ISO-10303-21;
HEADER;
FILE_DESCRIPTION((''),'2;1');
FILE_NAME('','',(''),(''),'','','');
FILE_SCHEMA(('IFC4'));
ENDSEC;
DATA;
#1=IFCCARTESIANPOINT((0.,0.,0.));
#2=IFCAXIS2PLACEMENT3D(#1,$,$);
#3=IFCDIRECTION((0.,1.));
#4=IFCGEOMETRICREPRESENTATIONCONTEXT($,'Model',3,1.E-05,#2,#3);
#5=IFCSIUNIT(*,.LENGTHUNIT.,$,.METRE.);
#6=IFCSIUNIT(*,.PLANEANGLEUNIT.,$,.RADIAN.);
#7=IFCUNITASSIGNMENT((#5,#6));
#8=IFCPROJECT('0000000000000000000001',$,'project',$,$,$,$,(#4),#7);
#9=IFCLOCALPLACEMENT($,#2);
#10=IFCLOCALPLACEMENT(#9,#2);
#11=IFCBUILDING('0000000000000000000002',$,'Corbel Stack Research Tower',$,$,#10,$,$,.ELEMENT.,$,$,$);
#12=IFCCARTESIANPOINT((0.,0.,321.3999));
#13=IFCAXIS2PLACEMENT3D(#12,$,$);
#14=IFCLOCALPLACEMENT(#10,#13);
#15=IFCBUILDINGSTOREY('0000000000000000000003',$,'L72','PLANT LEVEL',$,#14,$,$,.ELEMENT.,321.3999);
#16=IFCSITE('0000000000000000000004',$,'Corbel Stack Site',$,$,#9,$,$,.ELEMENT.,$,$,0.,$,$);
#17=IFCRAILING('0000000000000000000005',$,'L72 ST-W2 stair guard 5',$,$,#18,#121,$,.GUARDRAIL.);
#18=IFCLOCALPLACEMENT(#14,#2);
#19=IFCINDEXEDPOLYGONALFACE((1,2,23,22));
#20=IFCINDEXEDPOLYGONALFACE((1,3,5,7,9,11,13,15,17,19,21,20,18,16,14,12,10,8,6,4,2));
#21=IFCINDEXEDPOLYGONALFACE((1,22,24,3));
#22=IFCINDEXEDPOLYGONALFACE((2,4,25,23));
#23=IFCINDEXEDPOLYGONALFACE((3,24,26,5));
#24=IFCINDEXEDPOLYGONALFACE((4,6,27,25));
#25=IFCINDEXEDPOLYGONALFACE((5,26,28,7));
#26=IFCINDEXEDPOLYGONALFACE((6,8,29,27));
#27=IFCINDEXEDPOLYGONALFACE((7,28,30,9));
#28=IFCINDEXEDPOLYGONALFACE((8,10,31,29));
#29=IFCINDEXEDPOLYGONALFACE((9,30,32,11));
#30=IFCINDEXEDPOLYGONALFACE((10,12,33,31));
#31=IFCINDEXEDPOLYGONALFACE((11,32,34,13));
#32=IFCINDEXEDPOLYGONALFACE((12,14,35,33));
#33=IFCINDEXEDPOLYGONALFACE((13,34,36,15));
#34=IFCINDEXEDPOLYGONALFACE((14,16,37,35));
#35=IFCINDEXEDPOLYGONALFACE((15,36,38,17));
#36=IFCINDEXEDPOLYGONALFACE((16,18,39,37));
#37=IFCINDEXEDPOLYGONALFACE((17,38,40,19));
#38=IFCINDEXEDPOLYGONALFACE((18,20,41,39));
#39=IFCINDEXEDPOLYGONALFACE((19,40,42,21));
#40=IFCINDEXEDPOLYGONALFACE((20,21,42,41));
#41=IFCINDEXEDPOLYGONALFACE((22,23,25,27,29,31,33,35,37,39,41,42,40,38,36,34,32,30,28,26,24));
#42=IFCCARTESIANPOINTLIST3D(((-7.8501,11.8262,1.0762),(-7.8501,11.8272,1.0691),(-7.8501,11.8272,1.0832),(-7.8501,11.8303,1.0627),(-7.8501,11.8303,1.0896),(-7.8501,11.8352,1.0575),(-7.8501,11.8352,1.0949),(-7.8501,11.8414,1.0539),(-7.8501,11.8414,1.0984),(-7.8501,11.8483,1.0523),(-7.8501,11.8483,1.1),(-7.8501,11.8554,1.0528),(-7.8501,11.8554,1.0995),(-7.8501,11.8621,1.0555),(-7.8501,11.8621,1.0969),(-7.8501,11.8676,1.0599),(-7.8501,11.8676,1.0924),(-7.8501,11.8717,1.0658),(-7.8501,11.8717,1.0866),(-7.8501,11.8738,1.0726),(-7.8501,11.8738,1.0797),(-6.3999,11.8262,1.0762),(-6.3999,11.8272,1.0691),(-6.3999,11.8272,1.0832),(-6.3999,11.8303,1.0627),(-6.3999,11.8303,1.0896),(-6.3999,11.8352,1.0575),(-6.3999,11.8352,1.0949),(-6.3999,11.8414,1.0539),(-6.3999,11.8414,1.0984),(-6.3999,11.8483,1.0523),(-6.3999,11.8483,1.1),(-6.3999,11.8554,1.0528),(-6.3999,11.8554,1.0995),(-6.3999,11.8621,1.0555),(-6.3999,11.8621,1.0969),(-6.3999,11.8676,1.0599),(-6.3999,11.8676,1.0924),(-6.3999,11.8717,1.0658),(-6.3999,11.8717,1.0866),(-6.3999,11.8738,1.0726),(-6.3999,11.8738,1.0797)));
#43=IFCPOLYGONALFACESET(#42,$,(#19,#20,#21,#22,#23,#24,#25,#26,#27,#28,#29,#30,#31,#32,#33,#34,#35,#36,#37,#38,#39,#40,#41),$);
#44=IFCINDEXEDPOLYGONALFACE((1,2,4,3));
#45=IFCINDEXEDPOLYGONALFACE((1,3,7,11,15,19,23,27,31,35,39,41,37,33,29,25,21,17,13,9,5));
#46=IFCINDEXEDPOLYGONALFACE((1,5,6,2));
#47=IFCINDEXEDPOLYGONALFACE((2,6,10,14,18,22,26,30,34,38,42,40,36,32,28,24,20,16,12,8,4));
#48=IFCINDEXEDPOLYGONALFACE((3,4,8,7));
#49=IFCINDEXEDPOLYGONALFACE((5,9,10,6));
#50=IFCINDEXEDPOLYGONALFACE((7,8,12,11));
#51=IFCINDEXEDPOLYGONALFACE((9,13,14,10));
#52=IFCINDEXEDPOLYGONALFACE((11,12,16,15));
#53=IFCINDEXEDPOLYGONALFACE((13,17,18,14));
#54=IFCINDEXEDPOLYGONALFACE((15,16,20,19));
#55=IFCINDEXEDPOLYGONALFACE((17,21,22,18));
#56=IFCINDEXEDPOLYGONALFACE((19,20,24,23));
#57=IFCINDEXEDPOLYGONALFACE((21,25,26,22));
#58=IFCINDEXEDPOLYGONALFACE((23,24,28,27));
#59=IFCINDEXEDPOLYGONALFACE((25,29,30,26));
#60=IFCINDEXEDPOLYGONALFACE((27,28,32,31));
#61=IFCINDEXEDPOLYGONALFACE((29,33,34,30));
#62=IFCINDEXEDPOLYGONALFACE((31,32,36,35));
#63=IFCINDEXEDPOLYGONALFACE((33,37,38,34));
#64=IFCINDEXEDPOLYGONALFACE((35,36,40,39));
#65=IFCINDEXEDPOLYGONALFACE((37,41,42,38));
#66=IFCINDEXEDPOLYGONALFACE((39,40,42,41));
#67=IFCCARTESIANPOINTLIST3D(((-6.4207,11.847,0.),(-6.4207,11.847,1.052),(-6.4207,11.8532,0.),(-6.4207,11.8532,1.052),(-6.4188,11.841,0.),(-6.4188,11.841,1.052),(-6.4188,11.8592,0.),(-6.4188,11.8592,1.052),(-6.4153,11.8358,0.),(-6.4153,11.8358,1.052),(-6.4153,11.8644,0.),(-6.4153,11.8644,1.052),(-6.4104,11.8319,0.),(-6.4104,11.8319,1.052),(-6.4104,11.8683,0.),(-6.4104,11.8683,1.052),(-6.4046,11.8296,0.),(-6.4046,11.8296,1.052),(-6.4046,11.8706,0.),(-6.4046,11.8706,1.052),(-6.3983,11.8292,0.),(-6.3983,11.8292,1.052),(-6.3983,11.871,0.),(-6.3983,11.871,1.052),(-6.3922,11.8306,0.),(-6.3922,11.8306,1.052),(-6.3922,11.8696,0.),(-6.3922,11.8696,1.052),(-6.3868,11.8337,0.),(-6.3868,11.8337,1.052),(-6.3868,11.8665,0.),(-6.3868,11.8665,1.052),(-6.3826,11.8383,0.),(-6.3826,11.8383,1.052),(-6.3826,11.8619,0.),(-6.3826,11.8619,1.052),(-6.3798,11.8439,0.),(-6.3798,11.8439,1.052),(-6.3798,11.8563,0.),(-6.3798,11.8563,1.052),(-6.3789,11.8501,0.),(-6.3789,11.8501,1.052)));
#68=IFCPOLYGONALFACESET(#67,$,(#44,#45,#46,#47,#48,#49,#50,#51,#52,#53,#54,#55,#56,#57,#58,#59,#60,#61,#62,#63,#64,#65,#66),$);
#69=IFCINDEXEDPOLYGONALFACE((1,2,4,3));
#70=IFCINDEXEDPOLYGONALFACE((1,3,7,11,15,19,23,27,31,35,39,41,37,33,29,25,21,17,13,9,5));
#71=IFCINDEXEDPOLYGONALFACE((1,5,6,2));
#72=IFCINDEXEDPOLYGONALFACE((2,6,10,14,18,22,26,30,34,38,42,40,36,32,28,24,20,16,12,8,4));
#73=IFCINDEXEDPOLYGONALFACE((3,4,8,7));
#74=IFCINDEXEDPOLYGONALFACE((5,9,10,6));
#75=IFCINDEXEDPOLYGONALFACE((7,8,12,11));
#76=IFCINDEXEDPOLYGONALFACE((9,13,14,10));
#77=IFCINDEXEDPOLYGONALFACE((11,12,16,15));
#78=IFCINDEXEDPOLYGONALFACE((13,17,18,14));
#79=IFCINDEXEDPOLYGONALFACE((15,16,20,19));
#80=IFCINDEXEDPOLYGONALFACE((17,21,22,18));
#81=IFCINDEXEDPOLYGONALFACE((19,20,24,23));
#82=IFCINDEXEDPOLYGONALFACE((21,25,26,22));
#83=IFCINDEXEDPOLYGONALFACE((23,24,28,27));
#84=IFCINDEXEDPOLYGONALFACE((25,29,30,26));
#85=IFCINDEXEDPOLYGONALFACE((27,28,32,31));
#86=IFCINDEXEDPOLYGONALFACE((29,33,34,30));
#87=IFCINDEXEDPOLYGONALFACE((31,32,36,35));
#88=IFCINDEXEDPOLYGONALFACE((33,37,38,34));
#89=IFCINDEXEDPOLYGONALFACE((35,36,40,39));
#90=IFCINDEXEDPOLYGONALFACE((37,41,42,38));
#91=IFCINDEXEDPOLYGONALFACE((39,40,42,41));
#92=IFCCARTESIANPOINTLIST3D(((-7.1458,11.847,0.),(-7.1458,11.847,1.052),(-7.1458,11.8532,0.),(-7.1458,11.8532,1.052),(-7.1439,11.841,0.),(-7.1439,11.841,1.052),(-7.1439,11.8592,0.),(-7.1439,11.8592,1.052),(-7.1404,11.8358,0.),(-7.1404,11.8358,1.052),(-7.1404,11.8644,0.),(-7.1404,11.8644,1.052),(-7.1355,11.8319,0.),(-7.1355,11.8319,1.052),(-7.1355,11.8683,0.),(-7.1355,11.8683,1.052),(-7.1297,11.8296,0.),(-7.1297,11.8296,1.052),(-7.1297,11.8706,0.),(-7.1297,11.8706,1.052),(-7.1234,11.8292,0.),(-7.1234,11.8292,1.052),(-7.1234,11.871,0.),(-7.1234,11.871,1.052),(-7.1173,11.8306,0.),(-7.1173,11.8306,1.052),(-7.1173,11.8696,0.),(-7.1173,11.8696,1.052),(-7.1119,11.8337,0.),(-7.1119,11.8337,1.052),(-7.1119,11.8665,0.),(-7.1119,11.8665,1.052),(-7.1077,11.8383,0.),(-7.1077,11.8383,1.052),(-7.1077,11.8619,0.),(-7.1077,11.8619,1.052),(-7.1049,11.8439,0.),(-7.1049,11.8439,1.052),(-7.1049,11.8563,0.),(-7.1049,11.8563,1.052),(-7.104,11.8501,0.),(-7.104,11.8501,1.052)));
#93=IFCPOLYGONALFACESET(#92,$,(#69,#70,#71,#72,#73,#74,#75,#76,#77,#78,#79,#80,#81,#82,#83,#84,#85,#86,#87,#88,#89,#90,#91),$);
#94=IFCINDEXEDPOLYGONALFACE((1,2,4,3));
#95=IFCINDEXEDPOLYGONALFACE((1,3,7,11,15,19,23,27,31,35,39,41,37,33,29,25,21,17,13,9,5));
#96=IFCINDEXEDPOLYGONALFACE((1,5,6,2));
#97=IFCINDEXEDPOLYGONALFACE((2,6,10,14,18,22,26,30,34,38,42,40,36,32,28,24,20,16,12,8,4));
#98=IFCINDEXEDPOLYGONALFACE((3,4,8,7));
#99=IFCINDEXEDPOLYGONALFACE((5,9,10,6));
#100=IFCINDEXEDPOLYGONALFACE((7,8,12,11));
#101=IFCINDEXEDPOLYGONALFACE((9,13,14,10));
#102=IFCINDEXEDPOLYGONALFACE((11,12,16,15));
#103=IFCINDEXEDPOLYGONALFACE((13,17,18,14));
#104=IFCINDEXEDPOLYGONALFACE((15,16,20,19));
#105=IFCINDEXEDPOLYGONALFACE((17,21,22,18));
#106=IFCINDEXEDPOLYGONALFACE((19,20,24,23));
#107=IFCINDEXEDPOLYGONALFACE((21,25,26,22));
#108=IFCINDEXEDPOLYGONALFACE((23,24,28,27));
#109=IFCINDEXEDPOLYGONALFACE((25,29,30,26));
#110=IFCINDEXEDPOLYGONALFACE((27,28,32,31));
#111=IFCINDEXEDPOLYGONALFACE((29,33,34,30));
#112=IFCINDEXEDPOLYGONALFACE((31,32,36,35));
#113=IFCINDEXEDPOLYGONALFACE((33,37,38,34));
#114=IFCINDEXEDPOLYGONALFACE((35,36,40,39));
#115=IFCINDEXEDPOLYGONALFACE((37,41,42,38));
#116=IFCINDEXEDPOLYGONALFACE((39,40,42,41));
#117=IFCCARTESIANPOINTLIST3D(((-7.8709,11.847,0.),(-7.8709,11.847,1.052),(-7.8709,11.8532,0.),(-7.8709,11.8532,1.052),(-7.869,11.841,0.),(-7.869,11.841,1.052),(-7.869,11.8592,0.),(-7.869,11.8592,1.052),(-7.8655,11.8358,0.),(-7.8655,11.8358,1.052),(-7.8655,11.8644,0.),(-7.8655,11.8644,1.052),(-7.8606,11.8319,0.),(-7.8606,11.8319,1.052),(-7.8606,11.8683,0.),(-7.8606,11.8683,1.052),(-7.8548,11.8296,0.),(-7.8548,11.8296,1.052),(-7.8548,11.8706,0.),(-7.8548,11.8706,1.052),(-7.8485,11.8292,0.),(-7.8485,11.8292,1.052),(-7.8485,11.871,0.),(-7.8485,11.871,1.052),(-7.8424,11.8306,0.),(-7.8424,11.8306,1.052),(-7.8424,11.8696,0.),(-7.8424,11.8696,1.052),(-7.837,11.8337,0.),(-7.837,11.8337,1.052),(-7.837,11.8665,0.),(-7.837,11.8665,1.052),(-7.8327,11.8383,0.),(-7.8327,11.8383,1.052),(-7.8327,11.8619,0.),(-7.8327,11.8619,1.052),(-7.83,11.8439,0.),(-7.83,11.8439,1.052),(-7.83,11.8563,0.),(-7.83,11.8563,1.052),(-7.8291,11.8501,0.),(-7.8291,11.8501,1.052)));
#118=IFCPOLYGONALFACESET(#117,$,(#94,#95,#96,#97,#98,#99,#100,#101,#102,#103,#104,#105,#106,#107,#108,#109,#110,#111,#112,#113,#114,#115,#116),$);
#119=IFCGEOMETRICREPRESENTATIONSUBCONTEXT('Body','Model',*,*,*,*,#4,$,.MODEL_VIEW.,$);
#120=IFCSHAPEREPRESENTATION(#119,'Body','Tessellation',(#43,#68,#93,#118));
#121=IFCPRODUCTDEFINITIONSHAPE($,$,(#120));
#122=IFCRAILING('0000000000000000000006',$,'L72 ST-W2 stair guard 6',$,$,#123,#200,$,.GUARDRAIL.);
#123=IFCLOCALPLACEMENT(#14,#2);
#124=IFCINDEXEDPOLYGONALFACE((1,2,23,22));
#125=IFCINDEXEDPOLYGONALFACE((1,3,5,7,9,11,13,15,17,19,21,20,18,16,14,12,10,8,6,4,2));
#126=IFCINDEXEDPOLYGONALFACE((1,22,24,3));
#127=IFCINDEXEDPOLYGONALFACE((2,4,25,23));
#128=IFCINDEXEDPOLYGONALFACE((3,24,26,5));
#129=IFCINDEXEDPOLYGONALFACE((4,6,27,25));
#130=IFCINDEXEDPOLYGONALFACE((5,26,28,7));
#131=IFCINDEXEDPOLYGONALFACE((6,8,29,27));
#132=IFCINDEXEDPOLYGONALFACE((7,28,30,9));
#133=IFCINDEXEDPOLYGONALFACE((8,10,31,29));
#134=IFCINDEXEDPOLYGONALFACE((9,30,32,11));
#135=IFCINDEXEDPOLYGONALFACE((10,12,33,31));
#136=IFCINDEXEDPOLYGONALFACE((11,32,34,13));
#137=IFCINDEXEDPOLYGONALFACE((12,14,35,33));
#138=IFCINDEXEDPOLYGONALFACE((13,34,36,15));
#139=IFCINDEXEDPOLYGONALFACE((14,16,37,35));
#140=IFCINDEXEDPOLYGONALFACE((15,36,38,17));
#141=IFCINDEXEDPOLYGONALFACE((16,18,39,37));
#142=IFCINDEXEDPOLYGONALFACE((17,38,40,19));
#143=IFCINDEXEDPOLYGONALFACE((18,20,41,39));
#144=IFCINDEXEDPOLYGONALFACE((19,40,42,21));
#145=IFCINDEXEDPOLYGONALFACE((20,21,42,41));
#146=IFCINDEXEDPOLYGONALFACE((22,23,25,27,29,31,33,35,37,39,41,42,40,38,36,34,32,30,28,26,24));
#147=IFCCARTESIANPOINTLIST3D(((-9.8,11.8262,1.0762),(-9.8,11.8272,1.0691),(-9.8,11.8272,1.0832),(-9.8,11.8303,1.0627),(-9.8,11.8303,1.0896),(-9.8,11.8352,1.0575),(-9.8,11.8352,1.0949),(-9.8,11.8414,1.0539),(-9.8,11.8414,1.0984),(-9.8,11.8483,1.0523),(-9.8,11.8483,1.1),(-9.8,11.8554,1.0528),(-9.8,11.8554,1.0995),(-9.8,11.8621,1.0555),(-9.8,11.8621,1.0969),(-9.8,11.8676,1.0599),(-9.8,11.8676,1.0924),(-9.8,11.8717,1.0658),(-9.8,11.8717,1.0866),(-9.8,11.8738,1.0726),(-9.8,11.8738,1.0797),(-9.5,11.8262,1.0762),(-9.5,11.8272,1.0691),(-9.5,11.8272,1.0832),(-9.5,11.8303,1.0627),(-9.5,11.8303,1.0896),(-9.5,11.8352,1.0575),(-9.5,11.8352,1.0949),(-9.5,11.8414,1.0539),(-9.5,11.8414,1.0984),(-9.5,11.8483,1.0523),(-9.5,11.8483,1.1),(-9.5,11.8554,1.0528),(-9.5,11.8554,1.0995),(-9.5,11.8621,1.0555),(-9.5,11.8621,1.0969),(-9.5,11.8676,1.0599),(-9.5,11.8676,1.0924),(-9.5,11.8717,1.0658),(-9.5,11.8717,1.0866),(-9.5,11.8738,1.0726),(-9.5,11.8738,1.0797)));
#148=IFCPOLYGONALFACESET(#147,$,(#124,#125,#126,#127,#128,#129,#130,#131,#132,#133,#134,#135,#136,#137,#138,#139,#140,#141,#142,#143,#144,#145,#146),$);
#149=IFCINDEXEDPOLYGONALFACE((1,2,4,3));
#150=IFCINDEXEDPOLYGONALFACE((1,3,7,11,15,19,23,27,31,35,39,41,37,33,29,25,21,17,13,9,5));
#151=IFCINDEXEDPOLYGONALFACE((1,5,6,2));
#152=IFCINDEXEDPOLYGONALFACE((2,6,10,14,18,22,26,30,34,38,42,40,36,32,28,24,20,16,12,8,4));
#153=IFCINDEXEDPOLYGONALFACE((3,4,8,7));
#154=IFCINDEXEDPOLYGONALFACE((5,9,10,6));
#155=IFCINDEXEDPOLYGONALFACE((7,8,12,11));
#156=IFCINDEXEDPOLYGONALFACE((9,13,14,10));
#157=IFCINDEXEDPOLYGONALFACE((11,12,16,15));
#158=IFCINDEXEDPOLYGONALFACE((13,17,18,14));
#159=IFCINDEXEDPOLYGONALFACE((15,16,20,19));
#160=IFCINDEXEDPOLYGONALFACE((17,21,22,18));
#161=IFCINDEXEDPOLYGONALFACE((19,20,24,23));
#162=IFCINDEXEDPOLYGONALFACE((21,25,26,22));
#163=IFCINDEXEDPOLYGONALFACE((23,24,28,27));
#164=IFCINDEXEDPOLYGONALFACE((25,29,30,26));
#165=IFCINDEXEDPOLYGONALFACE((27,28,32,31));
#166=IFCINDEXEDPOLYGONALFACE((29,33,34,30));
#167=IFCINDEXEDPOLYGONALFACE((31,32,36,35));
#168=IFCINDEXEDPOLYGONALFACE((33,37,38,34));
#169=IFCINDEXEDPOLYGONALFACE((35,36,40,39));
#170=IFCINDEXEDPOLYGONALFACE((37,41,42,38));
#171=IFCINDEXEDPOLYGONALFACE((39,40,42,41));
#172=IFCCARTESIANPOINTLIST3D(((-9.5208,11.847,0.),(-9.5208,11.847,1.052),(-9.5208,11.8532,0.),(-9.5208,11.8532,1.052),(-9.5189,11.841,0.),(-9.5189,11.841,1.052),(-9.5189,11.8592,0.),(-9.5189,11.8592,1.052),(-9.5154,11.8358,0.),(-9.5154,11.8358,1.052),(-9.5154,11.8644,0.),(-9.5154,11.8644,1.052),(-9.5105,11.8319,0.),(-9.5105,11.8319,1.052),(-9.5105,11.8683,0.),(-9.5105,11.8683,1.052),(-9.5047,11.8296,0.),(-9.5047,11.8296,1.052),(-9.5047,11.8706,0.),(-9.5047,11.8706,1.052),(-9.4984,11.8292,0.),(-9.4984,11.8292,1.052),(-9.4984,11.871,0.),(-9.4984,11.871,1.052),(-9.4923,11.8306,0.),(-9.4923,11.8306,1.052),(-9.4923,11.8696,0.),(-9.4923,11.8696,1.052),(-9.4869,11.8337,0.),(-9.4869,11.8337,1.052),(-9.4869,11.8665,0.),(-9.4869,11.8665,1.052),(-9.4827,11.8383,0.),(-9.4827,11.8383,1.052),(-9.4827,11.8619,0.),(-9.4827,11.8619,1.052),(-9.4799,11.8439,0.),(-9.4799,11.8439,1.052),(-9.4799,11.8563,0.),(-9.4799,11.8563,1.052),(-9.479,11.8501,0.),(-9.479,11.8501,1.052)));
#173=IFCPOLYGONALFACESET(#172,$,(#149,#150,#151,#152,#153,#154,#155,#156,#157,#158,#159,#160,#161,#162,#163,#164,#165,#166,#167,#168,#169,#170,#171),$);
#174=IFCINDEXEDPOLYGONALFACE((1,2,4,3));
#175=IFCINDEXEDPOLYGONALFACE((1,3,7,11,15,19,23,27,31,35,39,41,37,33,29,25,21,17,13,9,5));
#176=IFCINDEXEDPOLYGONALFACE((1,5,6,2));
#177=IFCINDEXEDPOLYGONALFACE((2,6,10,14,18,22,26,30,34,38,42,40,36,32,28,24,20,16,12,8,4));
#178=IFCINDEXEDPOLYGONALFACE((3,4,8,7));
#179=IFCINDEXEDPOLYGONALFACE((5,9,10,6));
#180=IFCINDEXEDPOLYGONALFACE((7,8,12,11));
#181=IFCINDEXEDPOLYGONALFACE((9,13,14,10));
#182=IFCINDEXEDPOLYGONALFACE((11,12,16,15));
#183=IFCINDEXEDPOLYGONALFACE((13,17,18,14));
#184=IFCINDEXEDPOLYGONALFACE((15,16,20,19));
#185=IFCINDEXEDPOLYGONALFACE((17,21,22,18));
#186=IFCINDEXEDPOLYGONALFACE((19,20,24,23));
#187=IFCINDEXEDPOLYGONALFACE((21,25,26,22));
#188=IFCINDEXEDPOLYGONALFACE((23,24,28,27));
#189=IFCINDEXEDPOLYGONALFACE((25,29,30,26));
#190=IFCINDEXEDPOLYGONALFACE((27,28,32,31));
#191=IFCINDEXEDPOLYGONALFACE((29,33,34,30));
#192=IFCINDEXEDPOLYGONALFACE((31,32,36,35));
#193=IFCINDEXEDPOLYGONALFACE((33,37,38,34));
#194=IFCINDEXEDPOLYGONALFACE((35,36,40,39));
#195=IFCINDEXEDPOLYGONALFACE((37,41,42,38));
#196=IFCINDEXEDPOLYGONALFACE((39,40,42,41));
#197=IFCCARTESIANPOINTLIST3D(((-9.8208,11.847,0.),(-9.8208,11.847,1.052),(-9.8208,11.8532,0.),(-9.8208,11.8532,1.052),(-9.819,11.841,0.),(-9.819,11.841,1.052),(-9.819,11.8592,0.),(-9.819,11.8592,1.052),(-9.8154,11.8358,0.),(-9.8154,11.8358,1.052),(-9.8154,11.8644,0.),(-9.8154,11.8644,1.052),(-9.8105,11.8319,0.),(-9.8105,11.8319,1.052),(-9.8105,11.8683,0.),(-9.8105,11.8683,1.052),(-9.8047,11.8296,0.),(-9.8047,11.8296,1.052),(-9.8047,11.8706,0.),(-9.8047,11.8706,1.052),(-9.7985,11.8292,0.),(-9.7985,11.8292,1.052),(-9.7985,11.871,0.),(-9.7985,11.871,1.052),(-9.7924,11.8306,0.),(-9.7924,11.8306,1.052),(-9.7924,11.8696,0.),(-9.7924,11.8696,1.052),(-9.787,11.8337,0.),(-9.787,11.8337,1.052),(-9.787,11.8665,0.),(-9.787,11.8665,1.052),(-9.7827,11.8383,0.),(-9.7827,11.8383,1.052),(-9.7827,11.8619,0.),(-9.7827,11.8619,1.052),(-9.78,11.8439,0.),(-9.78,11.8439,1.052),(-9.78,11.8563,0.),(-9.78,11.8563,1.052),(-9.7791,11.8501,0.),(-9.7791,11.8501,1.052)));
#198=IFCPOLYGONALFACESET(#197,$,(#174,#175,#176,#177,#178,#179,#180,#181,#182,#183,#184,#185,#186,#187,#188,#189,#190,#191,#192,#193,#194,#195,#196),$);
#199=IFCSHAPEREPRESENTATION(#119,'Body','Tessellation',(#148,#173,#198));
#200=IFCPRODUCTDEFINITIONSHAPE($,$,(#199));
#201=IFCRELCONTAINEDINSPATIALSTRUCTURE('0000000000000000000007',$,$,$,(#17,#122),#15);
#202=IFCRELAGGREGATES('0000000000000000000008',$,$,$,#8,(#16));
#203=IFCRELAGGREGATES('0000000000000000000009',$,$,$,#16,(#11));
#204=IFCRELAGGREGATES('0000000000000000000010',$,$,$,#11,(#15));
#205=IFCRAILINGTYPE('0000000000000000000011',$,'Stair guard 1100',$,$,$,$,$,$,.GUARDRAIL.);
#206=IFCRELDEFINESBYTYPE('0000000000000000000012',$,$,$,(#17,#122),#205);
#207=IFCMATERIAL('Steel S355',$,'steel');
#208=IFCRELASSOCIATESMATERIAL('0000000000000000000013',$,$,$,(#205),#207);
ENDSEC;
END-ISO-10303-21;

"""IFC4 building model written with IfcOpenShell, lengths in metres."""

from ifc_helpers import new_model, si_unit, direction, frame, origin, origin_2d, place, context, subcontext, project, spatial, circle, extrude, material, type_object, element, save


model = new_model("IFC4")

# Units and contexts
model_context = context("Model", 3, precision=1e-05, world=origin(), true_north=direction((0.0, 1.0)))
body_context = subcontext(model_context, "Body", "Model", "MODEL_VIEW")
ifc_project = project(units=[si_unit("LENGTHUNIT", "METRE"), si_unit("PLANEANGLEUNIT", "RADIAN")], contexts=[model_context])

# Site, building, storey
site_placement = place(None, origin())
site = spatial("IfcSite", under=ifc_project, at=site_placement, Name="Corbel Stack Site", CompositionType="ELEMENT", RefElevation=0.0)
building_placement = place(site_placement, origin())
building = spatial("IfcBuilding", under=site, at=building_placement, Name="Corbel Stack Research Tower", CompositionType="ELEMENT")
storey_placement = place(building_placement, frame((0.0, 0.0, 321.3999)))
storey = spatial("IfcBuildingStorey", under=building, at=storey_placement, Name="L72", Description="PLANT LEVEL", CompositionType="ELEMENT", Elevation=321.3999)

# Railings
ifc_material_1 = material(Name="Steel S355", Category="steel")
railing_type_1 = type_object("IfcRailingType", Name="Stair guard 1100", PredefinedType="GUARDRAIL", material=ifc_material_1)
railing_1_placement = place(storey_placement, frame((-6.3999, 11.8501, 0.0)))
element("IfcRailing", 1, at=railing_1_placement, inside=storey, type_object=railing_type_1, Name="L72 ST-W2 stair guard 5", PredefinedType="GUARDRAIL", context=body_context, shape_type="SweptSolid", body=[
    extrude(circle(Radius=0.0239, at=origin_2d()), frame((0.0, 0.0, 1.0762), z_axis=(-1.0, 0.0, 0.0), x_axis=(0.0, -1.0, 0.0)), (0.0, 0.0, 1.0), 1.4502),
    extrude(circle(Radius=0.021, at=origin_2d()), origin(), (0.0, 0.0, 1.0), 1.052),
    extrude(circle(Radius=0.021, at=origin_2d()), frame((-0.7251, 0.0, 0.0)), (0.0, 0.0, 1.0), 1.052),
    extrude(circle(Radius=0.021, at=origin_2d()), frame((-1.4502, 0.0, 0.0)), (0.0, 0.0, 1.0), 1.052),
])
railing_2_placement = place(storey_placement, frame((-9.5, 11.8501, 0.0)))
element("IfcRailing", 2, at=railing_2_placement, inside=storey, type_object=railing_type_1, Name="L72 ST-W2 stair guard 6", PredefinedType="GUARDRAIL", context=body_context, shape_type="SweptSolid", body=[
    extrude(circle(Radius=0.0239, at=origin_2d()), frame((0.0, 0.0, 1.0762), z_axis=(-1.0, 0.0, 0.0), x_axis=(0.0, -1.0, 0.0)), (0.0, 0.0, 1.0), 0.3),
    extrude(circle(Radius=0.021, at=origin_2d()), origin(), (0.0, 0.0, 1.0), 1.052),
    extrude(circle(Radius=0.021, at=origin_2d()), frame((-0.3, 0.0, 0.0)), (0.0, 0.0, 1.0), 1.052),
])

save(model, "model.ifc")
